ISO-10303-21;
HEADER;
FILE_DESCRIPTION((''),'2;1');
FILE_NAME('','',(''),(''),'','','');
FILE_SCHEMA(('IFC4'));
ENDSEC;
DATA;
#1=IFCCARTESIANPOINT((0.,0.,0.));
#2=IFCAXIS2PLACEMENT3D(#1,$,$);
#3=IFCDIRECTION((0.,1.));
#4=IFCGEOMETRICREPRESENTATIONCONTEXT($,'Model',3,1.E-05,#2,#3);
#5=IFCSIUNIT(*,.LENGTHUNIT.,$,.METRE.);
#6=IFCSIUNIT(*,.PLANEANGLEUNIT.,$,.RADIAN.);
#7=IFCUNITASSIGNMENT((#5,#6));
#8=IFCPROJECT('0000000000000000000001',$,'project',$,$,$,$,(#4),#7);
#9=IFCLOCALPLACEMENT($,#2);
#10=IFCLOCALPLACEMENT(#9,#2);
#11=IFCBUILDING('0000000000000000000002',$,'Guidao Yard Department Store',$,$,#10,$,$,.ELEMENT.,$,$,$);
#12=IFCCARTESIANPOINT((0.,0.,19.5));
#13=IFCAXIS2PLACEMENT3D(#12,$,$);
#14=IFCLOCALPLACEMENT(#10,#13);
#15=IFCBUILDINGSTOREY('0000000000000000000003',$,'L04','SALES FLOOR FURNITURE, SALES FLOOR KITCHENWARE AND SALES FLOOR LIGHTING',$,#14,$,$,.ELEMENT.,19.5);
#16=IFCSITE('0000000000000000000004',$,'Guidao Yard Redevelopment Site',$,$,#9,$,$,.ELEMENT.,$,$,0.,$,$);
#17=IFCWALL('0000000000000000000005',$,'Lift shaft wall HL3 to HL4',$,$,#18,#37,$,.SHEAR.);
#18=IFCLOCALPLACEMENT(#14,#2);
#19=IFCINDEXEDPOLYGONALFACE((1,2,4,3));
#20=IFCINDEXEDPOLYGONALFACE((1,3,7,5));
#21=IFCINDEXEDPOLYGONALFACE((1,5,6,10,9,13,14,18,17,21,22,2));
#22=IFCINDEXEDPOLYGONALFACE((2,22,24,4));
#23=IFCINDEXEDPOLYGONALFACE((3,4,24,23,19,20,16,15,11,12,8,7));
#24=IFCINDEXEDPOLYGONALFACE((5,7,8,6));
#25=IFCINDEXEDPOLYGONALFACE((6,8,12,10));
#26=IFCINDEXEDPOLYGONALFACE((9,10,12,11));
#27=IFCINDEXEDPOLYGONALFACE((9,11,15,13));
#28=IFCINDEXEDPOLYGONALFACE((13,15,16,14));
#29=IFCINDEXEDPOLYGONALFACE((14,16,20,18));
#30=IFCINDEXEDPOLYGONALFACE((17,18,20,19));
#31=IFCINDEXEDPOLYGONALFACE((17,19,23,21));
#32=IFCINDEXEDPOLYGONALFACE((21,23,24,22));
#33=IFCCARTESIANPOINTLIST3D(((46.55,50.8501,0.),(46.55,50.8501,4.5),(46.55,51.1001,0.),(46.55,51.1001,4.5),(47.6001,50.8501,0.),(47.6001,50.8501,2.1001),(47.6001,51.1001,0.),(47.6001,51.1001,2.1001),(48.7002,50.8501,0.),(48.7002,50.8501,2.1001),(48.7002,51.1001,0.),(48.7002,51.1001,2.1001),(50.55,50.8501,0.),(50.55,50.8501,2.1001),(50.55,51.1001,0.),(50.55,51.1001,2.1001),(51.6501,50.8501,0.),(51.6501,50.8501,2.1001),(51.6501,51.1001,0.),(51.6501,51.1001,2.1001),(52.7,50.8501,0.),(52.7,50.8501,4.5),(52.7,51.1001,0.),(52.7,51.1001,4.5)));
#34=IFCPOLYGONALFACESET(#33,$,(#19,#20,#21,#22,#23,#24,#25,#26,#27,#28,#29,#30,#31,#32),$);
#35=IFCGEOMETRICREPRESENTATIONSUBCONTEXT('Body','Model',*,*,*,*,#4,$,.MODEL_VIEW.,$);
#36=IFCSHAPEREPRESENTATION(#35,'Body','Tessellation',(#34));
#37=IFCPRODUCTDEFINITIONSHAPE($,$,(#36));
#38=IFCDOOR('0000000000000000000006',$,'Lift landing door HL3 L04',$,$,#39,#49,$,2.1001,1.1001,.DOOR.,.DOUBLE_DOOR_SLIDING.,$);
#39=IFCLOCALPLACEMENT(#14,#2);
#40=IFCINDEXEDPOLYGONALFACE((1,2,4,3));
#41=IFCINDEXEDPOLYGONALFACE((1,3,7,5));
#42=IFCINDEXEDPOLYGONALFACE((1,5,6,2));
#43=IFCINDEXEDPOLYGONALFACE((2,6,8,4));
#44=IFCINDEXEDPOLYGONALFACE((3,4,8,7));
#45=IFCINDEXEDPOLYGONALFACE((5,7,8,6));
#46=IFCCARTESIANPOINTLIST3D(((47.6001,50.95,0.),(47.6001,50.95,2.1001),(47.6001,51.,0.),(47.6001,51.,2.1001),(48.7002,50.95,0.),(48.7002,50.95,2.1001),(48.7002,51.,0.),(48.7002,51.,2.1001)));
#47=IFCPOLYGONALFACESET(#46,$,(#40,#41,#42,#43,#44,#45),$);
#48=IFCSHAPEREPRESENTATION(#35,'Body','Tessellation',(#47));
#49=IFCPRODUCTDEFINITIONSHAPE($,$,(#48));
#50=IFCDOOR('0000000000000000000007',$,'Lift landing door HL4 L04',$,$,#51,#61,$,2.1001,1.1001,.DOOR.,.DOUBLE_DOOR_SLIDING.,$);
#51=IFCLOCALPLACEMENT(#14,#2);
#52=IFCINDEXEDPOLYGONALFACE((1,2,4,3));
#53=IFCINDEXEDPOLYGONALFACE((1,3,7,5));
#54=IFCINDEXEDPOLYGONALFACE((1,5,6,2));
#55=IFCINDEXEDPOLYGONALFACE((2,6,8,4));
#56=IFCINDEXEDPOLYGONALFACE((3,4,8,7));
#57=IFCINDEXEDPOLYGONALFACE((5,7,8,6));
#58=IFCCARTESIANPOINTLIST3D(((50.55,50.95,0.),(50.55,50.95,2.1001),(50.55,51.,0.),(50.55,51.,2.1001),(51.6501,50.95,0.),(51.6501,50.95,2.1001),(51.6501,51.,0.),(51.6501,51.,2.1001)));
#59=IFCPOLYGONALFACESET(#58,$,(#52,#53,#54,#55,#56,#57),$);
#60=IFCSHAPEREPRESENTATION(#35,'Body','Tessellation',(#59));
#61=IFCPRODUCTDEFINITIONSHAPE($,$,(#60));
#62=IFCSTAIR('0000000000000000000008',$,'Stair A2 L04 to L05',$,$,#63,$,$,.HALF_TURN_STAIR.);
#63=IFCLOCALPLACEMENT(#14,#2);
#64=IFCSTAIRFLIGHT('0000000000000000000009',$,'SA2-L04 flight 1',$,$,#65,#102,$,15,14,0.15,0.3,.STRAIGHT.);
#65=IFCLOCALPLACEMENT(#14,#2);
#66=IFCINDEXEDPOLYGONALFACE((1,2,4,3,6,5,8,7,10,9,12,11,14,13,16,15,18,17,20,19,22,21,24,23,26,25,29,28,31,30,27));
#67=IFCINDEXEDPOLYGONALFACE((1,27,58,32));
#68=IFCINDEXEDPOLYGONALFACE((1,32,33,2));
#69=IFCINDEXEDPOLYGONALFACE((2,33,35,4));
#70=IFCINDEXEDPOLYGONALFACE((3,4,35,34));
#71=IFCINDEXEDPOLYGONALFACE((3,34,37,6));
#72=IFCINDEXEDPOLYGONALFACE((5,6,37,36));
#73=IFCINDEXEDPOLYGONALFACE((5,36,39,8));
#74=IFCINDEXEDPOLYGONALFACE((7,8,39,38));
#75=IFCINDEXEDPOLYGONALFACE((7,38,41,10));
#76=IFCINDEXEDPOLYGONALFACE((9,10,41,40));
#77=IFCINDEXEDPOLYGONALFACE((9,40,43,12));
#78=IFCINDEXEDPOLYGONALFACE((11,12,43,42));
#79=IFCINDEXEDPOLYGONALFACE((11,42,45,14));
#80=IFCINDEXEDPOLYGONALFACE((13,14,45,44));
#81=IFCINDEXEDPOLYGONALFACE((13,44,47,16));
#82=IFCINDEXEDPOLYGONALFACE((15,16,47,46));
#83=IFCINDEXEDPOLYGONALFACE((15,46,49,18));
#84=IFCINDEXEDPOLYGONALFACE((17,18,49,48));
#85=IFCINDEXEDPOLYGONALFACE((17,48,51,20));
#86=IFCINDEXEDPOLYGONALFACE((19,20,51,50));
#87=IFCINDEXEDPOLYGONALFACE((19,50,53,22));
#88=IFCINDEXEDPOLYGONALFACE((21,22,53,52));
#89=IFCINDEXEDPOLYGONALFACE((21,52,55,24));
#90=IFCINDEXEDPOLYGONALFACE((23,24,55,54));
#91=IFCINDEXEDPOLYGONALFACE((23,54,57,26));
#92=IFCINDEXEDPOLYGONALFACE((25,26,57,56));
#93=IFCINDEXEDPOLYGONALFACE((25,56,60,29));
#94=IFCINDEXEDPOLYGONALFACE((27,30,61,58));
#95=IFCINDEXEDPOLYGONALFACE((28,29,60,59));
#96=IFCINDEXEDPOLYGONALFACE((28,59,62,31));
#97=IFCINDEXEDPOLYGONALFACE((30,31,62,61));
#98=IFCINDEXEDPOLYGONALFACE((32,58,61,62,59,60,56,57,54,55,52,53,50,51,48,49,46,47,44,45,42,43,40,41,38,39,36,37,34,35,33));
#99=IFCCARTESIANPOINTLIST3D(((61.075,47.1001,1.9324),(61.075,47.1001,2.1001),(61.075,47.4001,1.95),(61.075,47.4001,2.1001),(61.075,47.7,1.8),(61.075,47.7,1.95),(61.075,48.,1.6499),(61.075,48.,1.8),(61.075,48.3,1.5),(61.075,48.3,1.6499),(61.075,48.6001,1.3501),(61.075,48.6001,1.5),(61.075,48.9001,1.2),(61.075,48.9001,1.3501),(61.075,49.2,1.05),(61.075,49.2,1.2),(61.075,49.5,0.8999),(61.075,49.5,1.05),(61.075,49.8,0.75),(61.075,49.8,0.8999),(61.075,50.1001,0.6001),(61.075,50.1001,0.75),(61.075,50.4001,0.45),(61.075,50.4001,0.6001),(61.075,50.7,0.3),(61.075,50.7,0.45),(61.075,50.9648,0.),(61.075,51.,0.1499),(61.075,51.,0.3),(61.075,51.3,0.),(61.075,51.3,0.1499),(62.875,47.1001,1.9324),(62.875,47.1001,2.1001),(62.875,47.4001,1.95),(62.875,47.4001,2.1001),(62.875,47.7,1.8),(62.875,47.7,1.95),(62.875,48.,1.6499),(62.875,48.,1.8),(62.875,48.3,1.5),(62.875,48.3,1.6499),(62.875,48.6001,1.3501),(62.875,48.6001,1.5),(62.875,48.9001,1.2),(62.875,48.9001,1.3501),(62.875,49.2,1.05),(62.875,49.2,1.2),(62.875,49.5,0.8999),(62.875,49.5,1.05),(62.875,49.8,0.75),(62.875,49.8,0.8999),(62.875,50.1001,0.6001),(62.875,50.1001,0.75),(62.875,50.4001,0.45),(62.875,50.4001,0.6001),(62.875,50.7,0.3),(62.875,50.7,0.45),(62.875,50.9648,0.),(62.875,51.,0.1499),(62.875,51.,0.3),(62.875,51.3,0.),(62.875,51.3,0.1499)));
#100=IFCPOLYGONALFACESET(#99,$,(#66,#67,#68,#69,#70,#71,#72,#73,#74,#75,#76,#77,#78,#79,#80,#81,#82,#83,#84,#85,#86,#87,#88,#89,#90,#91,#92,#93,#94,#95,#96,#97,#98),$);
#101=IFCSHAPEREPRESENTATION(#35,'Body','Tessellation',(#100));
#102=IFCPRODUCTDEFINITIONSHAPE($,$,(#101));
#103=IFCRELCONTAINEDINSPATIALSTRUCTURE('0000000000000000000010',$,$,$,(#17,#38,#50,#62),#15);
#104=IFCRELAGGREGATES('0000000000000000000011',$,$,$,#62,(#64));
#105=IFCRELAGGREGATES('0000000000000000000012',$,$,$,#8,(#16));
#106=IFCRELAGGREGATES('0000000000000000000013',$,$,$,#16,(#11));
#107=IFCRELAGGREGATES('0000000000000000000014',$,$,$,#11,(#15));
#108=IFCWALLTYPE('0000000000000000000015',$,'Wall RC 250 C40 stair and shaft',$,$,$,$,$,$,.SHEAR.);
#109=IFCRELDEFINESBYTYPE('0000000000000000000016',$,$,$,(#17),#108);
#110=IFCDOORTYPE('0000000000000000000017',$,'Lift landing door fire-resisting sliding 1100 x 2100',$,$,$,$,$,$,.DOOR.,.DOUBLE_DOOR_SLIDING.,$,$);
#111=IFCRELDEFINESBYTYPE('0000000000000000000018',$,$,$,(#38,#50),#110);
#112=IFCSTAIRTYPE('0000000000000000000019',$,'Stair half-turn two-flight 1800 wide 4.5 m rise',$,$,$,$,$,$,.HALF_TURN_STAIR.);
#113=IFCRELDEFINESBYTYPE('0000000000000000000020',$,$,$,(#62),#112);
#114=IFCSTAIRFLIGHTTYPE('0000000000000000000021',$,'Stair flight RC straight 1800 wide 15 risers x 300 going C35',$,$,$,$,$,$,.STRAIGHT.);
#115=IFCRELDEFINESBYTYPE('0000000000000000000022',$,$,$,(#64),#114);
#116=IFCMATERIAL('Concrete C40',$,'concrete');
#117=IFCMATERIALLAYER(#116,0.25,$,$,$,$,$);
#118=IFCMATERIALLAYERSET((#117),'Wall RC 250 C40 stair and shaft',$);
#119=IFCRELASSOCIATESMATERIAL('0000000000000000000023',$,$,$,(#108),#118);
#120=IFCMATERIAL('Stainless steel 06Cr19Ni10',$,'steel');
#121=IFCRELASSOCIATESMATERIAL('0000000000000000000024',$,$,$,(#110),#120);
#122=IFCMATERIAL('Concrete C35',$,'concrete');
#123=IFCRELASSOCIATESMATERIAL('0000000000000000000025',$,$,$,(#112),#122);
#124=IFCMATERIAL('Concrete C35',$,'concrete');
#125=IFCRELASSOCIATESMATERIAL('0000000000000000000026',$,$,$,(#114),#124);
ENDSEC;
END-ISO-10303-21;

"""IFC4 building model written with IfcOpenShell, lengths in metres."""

from ifc_helpers import new_model, si_unit, direction, frame, frame_2d, origin, place, context, subcontext, project, spatial, polyline, rectangle, outline, extrude, material, layer, layer_set, type_object, element, fill, aggregate, save


model = new_model("IFC4")

# Units and contexts
model_context = context("Model", 3, precision=1e-05, world=origin(), true_north=direction((0.0, 1.0)))
body_context = subcontext(model_context, "Body", "Model", "MODEL_VIEW")
ifc_project = project(units=[si_unit("LENGTHUNIT", "METRE"), si_unit("PLANEANGLEUNIT", "RADIAN")], contexts=[model_context])

# Site, building, storey
site_placement = place(None, origin())
site = spatial("IfcSite", under=ifc_project, at=site_placement, Name="Guidao Yard Redevelopment Site", CompositionType="ELEMENT", RefElevation=0.0)
building_placement = place(site_placement, origin())
building = spatial("IfcBuilding", under=site, at=building_placement, Name="Guidao Yard Department Store", CompositionType="ELEMENT")
storey_placement = place(building_placement, frame((0.0, 0.0, 19.5)))
storey = spatial("IfcBuildingStorey", under=building, at=storey_placement, Name="L04", Description="SALES FLOOR FURNITURE, SALES FLOOR KITCHENWARE AND SALES FLOOR LIGHTING", CompositionType="ELEMENT", Elevation=19.5)

# Shared definitions
ifc_material_1 = material(Name="Concrete C40", Category="concrete")
ifc_layer_1 = layer(ifc_material_1, 0.25)
ifc_layer_set_1 = layer_set([ifc_layer_1], Name="Wall RC 250 C40 stair and shaft")
wall_type_1 = type_object("IfcWallType", Name="Wall RC 250 C40 stair and shaft", PredefinedType="SHEAR", material=ifc_layer_set_1)

# Wall, openings, doors
wall_1_placement = place(storey_placement, frame((46.55, 50.9751, 0.0), z_axis=(0.0, 0.0, 1.0), x_axis=(1.0, 0.0, 0.0)))
wall_1 = element("IfcWall", 1, at=wall_1_placement, inside=storey, type_object=wall_type_1, Name="Lift shaft wall HL3 to HL4", PredefinedType="SHEAR", context=body_context, shape_type="SweptSolid", body=[
    extrude(rectangle(XDim=6.1499, YDim=0.25, at=frame_2d((3.075, 0.0))), origin(), (0.0, 0.0, 1.0), 4.5),
])
opening_1_placement = place(wall_1_placement, frame((1.05, 0.0, 0.0)))
opening_1 = element("IfcOpeningElement", 2, at=opening_1_placement, cuts=wall_1, PredefinedType="OPENING", context=body_context, shape_type="SweptSolid", body=[
    extrude(rectangle(XDim=1.1001, YDim=2.1001, at=frame_2d((0.55, 1.05))), frame((0.0, 0.135, 0.0), z_axis=(0.0, -1.0, 0.0), x_axis=(1.0, 0.0, 0.0)), (0.0, 0.0, 1.0), 0.27),
])
opening_2_placement = place(wall_1_placement, frame((4.0, 0.0, 0.0)))
opening_2 = element("IfcOpeningElement", 3, at=opening_2_placement, cuts=wall_1, PredefinedType="OPENING", context=body_context, shape_type="SweptSolid", body=[
    extrude(rectangle(XDim=1.1001, YDim=2.1001, at=frame_2d((0.55, 1.05))), frame((0.0, 0.135, 0.0), z_axis=(0.0, -1.0, 0.0), x_axis=(1.0, 0.0, 0.0)), (0.0, 0.0, 1.0), 0.27),
])
ifc_material_2 = material(Name="Stainless steel 06Cr19Ni10", Category="steel")
door_type_1 = type_object("IfcDoorType", Name="Lift landing door fire-resisting sliding 1100 x 2100", OperationType="DOUBLE_DOOR_SLIDING", PredefinedType="DOOR", material=ifc_material_2)
door_1_placement = place(opening_1_placement, origin())
door_1 = element("IfcDoor", 4, at=door_1_placement, inside=storey, type_object=door_type_1, Name="Lift landing door HL3 L04", OperationType="DOUBLE_DOOR_SLIDING", OverallHeight=2.1001, OverallWidth=1.1001, PredefinedType="DOOR", context=body_context, shape_type="SweptSolid", body=[
    extrude(rectangle(XDim=1.1001, YDim=2.1001, at=frame_2d((0.55, 1.05))), frame((0.0, 0.0249, 0.0), z_axis=(0.0, -1.0, 0.0), x_axis=(1.0, 0.0, 0.0)), (0.0, 0.0, 1.0), 0.05),
])
fill(opening_1, door_1)
door_2_placement = place(opening_2_placement, origin())
door_2 = element("IfcDoor", 5, at=door_2_placement, inside=storey, type_object=door_type_1, Name="Lift landing door HL4 L04", OperationType="DOUBLE_DOOR_SLIDING", OverallHeight=2.1001, OverallWidth=1.1001, PredefinedType="DOOR", context=body_context, shape_type="SweptSolid", body=[
    extrude(rectangle(XDim=1.1001, YDim=2.1001, at=frame_2d((0.55, 1.05))), frame((0.0, 0.0249, 0.0), z_axis=(0.0, -1.0, 0.0), x_axis=(1.0, 0.0, 0.0)), (0.0, 0.0, 1.0), 0.05),
])
fill(opening_2, door_2)

# Stair, stair flight
ifc_material_3 = material(Name="Concrete C35", Category="concrete")
stair_type = type_object("IfcStairType", Name="Stair half-turn two-flight 1800 wide 4.5 m rise", PredefinedType="HALF_TURN_STAIR", material=ifc_material_3)
stair_placement = place(storey_placement, origin())
stair = element("IfcStair", 6, at=stair_placement, inside=storey, type_object=stair_type, Name="Stair A2 L04 to L05", PredefinedType="HALF_TURN_STAIR")
ifc_material_4 = material(Name="Concrete C35", Category="concrete")
stair_flight_type = type_object("IfcStairFlightType", Name="Stair flight RC straight 1800 wide 15 risers x 300 going C35", PredefinedType="STRAIGHT", material=ifc_material_4)
stair_flight_placement = place(storey_placement, frame((61.9751, 51.3, 0.0), z_axis=(0.0, 0.0, 1.0), x_axis=(0.0, -1.0, 0.0)))
stair_flight = element("IfcStairFlight", 7, at=stair_flight_placement, type_object=stair_flight_type, Name="SA2-L04 flight 1", NumberOfRisers=15, NumberOfTreads=14, PredefinedType="STRAIGHT", RiserHeight=0.15, TreadLength=0.3, context=body_context, shape_type="SweptSolid", body=[
    extrude(outline(polyline([(0.0, 0.0), (0.0, 0.1499), (0.3, 0.1499), (0.3, 0.3), (0.6001, 0.3), (0.6001, 0.45), (0.8999, 0.45), (0.8999, 0.6001), (1.2, 0.6001), (1.2, 0.75), (1.5, 0.75), (1.5, 0.8999), (1.8, 0.8999), (1.8, 1.05), (2.1001, 1.05), (2.1001, 1.2), (2.3999, 1.2), (2.3999, 1.3501), (2.7, 1.3501), (2.7, 1.5), (3.0, 1.5), (3.0, 1.6499), (3.3, 1.6499), (3.3, 1.8), (3.6001, 1.8), (3.6001, 1.95), (3.8999, 1.95), (3.8999, 2.1001), (4.2, 2.1001), (4.2, 2.25), (4.2, 1.9324), (0.3352, 0.0), (0.0, 0.0)])), frame((0.0, 0.8999, 0.0), z_axis=(0.0, -1.0, 0.0), x_axis=(1.0, 0.0, 0.0)), (0.0, 0.0, 1.0), 1.8),
])
aggregate(stair, [stair_flight])

save(model, "model.ifc")
